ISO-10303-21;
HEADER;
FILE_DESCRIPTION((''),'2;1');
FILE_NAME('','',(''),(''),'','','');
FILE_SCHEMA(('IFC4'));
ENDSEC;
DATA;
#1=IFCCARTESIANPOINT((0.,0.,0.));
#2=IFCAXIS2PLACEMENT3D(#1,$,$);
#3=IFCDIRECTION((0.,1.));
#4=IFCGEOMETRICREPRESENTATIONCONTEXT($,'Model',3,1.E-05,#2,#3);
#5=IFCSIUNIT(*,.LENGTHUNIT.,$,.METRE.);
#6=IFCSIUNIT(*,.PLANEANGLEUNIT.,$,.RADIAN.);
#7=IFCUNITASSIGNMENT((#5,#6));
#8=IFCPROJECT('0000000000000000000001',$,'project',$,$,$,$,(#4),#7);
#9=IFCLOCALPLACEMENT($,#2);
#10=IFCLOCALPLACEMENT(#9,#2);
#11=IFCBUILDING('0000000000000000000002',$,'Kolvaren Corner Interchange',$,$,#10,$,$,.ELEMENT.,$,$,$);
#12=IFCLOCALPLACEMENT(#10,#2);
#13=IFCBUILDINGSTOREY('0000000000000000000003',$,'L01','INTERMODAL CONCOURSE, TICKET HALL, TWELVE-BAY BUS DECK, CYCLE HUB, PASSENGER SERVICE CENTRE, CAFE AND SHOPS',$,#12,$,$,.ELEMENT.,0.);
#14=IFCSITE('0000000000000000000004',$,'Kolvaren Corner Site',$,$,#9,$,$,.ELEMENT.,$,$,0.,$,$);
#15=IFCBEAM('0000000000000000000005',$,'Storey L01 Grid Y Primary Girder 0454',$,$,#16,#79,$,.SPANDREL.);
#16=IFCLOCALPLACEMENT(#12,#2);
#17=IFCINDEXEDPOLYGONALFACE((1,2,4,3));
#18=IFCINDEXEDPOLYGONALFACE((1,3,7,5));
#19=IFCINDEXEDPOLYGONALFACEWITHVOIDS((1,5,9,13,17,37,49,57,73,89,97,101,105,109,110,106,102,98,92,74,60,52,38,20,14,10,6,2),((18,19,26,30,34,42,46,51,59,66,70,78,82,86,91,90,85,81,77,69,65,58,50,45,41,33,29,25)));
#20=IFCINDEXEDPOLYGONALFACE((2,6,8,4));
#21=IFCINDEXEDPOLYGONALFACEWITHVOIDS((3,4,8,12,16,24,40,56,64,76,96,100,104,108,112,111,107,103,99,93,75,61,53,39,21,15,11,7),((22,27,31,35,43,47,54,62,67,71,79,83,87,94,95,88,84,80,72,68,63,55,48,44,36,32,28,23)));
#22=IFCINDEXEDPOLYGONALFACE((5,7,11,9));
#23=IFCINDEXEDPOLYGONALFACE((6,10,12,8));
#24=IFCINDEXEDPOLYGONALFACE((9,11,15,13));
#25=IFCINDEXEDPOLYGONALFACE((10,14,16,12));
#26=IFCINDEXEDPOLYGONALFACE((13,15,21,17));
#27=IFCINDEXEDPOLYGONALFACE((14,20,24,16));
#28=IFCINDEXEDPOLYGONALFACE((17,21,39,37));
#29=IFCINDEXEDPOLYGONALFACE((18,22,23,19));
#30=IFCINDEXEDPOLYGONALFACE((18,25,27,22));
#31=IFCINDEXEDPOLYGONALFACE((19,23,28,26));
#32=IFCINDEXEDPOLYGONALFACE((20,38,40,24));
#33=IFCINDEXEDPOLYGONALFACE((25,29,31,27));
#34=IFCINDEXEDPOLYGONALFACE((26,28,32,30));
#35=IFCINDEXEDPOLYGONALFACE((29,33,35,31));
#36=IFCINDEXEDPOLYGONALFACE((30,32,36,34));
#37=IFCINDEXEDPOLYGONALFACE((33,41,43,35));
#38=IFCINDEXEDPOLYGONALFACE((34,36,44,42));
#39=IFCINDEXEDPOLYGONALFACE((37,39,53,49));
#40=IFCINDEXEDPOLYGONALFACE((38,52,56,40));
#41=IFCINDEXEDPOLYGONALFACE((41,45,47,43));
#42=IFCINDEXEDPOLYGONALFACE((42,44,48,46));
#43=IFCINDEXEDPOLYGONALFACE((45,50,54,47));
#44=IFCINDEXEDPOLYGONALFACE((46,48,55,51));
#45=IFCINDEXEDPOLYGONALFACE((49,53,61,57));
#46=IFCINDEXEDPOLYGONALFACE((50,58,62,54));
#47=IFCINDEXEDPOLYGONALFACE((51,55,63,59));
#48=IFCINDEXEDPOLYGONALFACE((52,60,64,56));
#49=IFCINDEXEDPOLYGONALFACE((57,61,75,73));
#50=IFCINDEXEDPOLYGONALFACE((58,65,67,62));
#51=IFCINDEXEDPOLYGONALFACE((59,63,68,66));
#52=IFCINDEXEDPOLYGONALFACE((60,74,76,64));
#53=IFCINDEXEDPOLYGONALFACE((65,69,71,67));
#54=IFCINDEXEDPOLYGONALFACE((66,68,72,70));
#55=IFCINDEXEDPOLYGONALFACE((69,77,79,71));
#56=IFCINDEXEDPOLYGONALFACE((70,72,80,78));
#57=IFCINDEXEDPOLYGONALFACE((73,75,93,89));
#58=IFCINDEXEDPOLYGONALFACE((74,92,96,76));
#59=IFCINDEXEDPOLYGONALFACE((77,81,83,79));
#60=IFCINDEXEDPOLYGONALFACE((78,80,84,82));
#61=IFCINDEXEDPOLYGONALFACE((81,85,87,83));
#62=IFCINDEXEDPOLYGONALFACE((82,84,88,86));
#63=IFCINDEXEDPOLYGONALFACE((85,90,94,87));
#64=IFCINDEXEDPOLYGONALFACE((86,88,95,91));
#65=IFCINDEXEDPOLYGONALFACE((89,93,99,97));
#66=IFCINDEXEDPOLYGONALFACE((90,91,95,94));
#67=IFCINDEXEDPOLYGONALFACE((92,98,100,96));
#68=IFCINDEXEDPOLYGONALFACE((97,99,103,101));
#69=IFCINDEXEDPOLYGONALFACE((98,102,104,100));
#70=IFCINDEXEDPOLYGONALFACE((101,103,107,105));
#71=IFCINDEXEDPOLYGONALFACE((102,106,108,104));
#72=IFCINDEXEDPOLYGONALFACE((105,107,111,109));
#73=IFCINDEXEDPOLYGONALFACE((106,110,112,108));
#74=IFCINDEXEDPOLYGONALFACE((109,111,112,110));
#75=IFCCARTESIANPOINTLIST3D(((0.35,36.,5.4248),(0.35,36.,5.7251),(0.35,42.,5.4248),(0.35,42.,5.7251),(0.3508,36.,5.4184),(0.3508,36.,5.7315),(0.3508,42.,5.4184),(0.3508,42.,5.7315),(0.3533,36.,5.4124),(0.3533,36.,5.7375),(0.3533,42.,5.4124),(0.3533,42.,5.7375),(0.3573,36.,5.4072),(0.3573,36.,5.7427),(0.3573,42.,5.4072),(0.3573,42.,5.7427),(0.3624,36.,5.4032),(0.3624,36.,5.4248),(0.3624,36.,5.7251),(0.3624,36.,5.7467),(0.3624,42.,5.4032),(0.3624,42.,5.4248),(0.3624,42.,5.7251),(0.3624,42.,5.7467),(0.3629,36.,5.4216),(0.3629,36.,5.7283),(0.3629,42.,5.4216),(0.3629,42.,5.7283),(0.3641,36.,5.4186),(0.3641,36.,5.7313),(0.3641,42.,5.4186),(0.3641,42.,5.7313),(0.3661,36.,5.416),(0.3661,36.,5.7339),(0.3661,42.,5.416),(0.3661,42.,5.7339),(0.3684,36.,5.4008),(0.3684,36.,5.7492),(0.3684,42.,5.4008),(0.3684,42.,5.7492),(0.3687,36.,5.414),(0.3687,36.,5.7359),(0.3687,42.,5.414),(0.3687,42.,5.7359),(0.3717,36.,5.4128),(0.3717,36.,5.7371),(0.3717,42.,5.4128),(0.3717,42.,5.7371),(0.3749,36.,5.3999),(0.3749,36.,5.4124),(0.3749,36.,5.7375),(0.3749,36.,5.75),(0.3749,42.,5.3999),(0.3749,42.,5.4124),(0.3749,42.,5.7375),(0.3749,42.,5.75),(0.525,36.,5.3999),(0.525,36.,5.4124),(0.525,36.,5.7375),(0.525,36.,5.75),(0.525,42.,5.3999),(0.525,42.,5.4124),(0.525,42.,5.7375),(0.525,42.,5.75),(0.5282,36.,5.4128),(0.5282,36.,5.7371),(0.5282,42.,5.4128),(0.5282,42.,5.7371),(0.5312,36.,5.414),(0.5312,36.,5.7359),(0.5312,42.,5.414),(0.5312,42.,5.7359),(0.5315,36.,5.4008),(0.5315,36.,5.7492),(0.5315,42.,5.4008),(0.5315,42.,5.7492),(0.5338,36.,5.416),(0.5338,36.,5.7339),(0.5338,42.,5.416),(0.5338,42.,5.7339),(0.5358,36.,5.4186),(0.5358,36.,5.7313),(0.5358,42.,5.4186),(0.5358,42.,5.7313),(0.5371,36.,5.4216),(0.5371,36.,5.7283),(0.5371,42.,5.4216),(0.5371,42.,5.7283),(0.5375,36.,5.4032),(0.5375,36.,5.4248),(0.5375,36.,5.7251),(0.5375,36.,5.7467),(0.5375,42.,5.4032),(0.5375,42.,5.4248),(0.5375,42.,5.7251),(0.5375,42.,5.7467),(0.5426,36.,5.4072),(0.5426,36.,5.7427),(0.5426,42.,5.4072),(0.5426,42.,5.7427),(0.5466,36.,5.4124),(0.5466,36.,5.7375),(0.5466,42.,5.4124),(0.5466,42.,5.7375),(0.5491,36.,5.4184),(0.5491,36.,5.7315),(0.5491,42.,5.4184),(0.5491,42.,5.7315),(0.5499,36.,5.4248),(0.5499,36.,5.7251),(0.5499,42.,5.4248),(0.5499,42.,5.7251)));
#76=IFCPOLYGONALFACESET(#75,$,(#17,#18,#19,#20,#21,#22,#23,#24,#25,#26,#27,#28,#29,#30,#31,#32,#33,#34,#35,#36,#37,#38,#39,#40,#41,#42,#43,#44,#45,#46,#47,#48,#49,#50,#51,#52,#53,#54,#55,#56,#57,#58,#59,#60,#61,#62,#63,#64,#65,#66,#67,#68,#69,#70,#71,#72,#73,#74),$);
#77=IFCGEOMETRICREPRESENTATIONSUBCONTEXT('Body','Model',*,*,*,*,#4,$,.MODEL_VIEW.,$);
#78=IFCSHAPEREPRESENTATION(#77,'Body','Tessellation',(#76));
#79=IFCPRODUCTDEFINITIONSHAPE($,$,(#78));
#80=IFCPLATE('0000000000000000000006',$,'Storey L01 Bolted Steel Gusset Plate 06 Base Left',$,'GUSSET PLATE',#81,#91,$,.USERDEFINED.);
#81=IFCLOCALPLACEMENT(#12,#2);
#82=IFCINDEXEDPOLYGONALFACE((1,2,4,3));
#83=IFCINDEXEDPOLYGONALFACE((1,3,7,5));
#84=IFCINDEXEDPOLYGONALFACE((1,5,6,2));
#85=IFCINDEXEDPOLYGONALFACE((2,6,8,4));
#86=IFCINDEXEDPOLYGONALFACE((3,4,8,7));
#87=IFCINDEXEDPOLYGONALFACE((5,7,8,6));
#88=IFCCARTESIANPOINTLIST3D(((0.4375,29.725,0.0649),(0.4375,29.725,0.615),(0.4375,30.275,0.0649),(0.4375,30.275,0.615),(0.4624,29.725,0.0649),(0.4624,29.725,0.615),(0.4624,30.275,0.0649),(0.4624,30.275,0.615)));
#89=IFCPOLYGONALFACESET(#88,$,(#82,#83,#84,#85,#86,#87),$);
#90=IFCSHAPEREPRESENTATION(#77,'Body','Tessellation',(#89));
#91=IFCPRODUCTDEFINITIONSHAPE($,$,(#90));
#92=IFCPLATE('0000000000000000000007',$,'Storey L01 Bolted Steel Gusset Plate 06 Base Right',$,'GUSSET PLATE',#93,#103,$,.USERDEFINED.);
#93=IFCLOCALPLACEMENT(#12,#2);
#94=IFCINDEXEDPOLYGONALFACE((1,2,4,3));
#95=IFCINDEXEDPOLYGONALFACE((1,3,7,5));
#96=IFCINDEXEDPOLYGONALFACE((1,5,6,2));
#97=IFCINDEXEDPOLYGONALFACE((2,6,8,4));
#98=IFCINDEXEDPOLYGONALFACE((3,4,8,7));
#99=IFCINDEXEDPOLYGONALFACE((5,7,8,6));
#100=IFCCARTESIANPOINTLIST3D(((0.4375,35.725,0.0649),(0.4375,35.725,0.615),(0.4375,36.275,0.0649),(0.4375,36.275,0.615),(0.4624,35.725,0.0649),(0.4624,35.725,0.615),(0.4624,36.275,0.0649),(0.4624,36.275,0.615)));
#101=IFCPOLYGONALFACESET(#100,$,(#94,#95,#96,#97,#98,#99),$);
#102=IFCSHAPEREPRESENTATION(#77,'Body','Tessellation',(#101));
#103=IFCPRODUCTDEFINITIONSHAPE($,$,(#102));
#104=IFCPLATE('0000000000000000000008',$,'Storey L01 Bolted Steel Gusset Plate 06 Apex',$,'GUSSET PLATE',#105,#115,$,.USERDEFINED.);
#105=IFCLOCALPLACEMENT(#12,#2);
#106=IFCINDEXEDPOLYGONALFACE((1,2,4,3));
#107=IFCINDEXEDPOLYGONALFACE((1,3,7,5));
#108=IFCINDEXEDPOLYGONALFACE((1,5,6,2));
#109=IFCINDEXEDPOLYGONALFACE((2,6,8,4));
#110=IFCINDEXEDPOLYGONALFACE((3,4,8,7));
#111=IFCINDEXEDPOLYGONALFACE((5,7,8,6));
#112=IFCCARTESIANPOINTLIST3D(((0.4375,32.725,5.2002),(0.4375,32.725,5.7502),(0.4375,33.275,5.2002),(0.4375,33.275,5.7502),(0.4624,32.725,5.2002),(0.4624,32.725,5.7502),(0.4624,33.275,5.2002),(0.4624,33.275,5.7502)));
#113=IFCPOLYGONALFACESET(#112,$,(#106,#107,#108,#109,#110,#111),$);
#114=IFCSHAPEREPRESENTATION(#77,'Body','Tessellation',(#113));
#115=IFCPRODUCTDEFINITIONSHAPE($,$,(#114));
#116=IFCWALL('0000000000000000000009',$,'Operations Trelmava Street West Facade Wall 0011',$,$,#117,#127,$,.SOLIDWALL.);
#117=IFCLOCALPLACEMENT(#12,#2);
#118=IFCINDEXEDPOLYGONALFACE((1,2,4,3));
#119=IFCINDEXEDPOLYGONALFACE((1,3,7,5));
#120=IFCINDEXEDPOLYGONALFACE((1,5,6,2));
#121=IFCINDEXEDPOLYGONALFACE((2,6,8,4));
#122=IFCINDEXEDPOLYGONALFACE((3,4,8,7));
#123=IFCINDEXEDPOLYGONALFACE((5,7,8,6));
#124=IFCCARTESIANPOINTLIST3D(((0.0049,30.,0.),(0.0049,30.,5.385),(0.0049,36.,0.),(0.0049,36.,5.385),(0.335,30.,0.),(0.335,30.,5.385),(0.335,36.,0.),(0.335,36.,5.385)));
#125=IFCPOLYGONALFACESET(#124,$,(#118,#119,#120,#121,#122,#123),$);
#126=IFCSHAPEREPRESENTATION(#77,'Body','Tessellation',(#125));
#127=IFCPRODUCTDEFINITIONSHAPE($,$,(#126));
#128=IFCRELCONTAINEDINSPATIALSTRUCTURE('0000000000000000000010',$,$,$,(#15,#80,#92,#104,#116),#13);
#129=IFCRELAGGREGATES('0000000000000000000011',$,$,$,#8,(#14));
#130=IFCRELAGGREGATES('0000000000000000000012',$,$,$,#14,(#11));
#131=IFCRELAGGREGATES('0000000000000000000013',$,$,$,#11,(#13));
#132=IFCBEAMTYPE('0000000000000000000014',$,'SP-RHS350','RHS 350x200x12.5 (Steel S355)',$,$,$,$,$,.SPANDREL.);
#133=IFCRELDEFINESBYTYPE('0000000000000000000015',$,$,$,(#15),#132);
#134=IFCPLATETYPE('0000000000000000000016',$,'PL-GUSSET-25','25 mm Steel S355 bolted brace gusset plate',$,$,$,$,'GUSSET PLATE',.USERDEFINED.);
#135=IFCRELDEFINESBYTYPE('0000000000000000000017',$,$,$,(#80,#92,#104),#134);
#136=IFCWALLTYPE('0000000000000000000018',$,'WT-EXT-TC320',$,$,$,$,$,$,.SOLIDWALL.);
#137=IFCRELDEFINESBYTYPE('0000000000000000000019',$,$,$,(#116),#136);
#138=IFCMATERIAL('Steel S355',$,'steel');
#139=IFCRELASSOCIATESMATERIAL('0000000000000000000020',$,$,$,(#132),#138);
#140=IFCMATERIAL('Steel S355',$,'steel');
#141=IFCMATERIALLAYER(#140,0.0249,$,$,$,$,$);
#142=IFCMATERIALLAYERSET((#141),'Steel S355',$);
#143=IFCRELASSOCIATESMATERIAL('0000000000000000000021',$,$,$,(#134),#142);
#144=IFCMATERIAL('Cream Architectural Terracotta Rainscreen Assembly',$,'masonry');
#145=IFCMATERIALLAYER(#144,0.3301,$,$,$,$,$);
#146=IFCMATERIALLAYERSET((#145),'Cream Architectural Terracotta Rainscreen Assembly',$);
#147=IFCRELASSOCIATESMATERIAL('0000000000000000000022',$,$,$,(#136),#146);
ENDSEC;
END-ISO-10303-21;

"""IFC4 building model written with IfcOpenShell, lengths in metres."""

from ifc_helpers import new_model, si_unit, direction, frame, frame_2d, origin, origin_2d, place, context, subcontext, project, spatial, rectangle, hollow_rectangle, extrude, material, layer, layer_set, material_profile, profile_set, type_object, element, save


model = new_model("IFC4")

# Units and contexts
model_context = context("Model", 3, precision=1e-05, world=origin(), true_north=direction((0.0, 1.0)))
body_context = subcontext(model_context, "Body", "Model", "MODEL_VIEW")
ifc_project = project(units=[si_unit("LENGTHUNIT", "METRE"), si_unit("PLANEANGLEUNIT", "RADIAN")], contexts=[model_context])

# Site, building, storey
site_placement = place(None, origin())
site = spatial("IfcSite", under=ifc_project, at=site_placement, Name="Kolvaren Corner Site", CompositionType="ELEMENT", RefElevation=0.0)
building_placement = place(site_placement, origin())
building = spatial("IfcBuilding", under=site, at=building_placement, Name="Kolvaren Corner Interchange", CompositionType="ELEMENT")
storey_placement = place(building_placement, origin())
storey = spatial("IfcBuildingStorey", under=building, at=storey_placement, Name="L01", Description="INTERMODAL CONCOURSE, TICKET HALL, TWELVE-BAY BUS DECK, CYCLE HUB, PASSENGER SERVICE CENTRE, CAFE AND SHOPS", CompositionType="ELEMENT", Elevation=0.0)

# Beam
ifc_material_1 = material(Name="Steel S355", Category="steel")
ifc_material_profile_1 = material_profile(ifc_material_1, hollow_rectangle(XDim=0.2, YDim=0.3501, WallThickness=0.0125, InnerFilletRadius=0.0125, OuterFilletRadius=0.0249, at=origin_2d()), Name="RHS 350x200x12.5")
ifc_profile_set_1 = profile_set([ifc_material_profile_1], Name="Steel S355")
beam_type_1 = type_object("IfcBeamType", Name="SP-RHS350", Description="RHS 350x200x12.5 (Steel S355)", PredefinedType="SPANDREL", material=ifc_profile_set_1)
for number, where, z_axis, x_axis, name in (
    (1, (0.45, 36.0, 5.575), (0.0, 1.0, 0.0), (-1.0, 0.0, 0.0), "Storey L01 Grid Y Primary Girder 0454"),
):
    element("IfcBeam", number, at=place(storey_placement, frame(where, z_axis=z_axis, x_axis=x_axis)), inside=storey, type_object=beam_type_1, Name=name, PredefinedType="SPANDREL", context=body_context, shape_type="SweptSolid", body=[
        extrude(hollow_rectangle(XDim=0.2, YDim=0.3501, WallThickness=0.0125, InnerFilletRadius=0.0125, OuterFilletRadius=0.0249, at=origin_2d()), origin(), (0.0, 0.0, 1.0), 6.0),
    ])

# Plates
ifc_material_2 = material(Name="Steel S355", Category="steel")
ifc_layer_1 = layer(ifc_material_2, 0.0249)
ifc_layer_set_1 = layer_set([ifc_layer_1], Name="Steel S355")
plate_type = type_object("IfcPlateType", Name="PL-GUSSET-25", Description="25 mm Steel S355 bolted brace gusset plate", ElementType="GUSSET PLATE", PredefinedType="USERDEFINED", material=ifc_layer_set_1)
for number, where, z_axis, x_axis, name in (
    (2, (0.45, 30.0, 0.0649), (0.0, 0.0, 1.0), (0.0, 1.0, 0.0), "Storey L01 Bolted Steel Gusset Plate 06 Base Left"),
    (3, (0.45, 36.0, 0.0649), (0.0, 0.0, 1.0), (0.0, 1.0, 0.0), "Storey L01 Bolted Steel Gusset Plate 06 Base Right"),
    (4, (0.45, 33.0, 5.2002), (0.0, 0.0, 1.0), (0.0, 1.0, 0.0), "Storey L01 Bolted Steel Gusset Plate 06 Apex"),
):
    element("IfcPlate", number, at=place(storey_placement, frame(where, z_axis=z_axis, x_axis=x_axis)), inside=storey, type_object=plate_type, Name=name, ObjectType="GUSSET PLATE", PredefinedType="USERDEFINED", context=body_context, shape_type="SweptSolid", body=[
        extrude(rectangle(XDim=0.55, YDim=0.0249, at=origin_2d()), origin(), (0.0, 0.0, 1.0), 0.55),
    ])

# Wall
ifc_material_3 = material(Name="Cream Architectural Terracotta Rainscreen Assembly", Category="masonry")
ifc_layer_2 = layer(ifc_material_3, 0.3301)
ifc_layer_set_2 = layer_set([ifc_layer_2], Name="Cream Architectural Terracotta Rainscreen Assembly")
wall_type_1 = type_object("IfcWallType", Name="WT-EXT-TC320", PredefinedType="SOLIDWALL", material=ifc_layer_set_2)
wall_1_placement = place(storey_placement, frame((0.1699, 36.0, 0.0), z_axis=(0.0, 0.0, 1.0), x_axis=(0.0, -1.0, 0.0)))
element("IfcWall", 5, at=wall_1_placement, inside=storey, type_object=wall_type_1, Name="Operations Trelmava Street West Facade Wall 0011", PredefinedType="SOLIDWALL", context=body_context, shape_type="SweptSolid", body=[
    extrude(rectangle(XDim=6.0, YDim=0.3301, at=frame_2d((3.0, 0.0))), origin(), (0.0, 0.0, 1.0), 5.385),
])

save(model, "model.ifc")
